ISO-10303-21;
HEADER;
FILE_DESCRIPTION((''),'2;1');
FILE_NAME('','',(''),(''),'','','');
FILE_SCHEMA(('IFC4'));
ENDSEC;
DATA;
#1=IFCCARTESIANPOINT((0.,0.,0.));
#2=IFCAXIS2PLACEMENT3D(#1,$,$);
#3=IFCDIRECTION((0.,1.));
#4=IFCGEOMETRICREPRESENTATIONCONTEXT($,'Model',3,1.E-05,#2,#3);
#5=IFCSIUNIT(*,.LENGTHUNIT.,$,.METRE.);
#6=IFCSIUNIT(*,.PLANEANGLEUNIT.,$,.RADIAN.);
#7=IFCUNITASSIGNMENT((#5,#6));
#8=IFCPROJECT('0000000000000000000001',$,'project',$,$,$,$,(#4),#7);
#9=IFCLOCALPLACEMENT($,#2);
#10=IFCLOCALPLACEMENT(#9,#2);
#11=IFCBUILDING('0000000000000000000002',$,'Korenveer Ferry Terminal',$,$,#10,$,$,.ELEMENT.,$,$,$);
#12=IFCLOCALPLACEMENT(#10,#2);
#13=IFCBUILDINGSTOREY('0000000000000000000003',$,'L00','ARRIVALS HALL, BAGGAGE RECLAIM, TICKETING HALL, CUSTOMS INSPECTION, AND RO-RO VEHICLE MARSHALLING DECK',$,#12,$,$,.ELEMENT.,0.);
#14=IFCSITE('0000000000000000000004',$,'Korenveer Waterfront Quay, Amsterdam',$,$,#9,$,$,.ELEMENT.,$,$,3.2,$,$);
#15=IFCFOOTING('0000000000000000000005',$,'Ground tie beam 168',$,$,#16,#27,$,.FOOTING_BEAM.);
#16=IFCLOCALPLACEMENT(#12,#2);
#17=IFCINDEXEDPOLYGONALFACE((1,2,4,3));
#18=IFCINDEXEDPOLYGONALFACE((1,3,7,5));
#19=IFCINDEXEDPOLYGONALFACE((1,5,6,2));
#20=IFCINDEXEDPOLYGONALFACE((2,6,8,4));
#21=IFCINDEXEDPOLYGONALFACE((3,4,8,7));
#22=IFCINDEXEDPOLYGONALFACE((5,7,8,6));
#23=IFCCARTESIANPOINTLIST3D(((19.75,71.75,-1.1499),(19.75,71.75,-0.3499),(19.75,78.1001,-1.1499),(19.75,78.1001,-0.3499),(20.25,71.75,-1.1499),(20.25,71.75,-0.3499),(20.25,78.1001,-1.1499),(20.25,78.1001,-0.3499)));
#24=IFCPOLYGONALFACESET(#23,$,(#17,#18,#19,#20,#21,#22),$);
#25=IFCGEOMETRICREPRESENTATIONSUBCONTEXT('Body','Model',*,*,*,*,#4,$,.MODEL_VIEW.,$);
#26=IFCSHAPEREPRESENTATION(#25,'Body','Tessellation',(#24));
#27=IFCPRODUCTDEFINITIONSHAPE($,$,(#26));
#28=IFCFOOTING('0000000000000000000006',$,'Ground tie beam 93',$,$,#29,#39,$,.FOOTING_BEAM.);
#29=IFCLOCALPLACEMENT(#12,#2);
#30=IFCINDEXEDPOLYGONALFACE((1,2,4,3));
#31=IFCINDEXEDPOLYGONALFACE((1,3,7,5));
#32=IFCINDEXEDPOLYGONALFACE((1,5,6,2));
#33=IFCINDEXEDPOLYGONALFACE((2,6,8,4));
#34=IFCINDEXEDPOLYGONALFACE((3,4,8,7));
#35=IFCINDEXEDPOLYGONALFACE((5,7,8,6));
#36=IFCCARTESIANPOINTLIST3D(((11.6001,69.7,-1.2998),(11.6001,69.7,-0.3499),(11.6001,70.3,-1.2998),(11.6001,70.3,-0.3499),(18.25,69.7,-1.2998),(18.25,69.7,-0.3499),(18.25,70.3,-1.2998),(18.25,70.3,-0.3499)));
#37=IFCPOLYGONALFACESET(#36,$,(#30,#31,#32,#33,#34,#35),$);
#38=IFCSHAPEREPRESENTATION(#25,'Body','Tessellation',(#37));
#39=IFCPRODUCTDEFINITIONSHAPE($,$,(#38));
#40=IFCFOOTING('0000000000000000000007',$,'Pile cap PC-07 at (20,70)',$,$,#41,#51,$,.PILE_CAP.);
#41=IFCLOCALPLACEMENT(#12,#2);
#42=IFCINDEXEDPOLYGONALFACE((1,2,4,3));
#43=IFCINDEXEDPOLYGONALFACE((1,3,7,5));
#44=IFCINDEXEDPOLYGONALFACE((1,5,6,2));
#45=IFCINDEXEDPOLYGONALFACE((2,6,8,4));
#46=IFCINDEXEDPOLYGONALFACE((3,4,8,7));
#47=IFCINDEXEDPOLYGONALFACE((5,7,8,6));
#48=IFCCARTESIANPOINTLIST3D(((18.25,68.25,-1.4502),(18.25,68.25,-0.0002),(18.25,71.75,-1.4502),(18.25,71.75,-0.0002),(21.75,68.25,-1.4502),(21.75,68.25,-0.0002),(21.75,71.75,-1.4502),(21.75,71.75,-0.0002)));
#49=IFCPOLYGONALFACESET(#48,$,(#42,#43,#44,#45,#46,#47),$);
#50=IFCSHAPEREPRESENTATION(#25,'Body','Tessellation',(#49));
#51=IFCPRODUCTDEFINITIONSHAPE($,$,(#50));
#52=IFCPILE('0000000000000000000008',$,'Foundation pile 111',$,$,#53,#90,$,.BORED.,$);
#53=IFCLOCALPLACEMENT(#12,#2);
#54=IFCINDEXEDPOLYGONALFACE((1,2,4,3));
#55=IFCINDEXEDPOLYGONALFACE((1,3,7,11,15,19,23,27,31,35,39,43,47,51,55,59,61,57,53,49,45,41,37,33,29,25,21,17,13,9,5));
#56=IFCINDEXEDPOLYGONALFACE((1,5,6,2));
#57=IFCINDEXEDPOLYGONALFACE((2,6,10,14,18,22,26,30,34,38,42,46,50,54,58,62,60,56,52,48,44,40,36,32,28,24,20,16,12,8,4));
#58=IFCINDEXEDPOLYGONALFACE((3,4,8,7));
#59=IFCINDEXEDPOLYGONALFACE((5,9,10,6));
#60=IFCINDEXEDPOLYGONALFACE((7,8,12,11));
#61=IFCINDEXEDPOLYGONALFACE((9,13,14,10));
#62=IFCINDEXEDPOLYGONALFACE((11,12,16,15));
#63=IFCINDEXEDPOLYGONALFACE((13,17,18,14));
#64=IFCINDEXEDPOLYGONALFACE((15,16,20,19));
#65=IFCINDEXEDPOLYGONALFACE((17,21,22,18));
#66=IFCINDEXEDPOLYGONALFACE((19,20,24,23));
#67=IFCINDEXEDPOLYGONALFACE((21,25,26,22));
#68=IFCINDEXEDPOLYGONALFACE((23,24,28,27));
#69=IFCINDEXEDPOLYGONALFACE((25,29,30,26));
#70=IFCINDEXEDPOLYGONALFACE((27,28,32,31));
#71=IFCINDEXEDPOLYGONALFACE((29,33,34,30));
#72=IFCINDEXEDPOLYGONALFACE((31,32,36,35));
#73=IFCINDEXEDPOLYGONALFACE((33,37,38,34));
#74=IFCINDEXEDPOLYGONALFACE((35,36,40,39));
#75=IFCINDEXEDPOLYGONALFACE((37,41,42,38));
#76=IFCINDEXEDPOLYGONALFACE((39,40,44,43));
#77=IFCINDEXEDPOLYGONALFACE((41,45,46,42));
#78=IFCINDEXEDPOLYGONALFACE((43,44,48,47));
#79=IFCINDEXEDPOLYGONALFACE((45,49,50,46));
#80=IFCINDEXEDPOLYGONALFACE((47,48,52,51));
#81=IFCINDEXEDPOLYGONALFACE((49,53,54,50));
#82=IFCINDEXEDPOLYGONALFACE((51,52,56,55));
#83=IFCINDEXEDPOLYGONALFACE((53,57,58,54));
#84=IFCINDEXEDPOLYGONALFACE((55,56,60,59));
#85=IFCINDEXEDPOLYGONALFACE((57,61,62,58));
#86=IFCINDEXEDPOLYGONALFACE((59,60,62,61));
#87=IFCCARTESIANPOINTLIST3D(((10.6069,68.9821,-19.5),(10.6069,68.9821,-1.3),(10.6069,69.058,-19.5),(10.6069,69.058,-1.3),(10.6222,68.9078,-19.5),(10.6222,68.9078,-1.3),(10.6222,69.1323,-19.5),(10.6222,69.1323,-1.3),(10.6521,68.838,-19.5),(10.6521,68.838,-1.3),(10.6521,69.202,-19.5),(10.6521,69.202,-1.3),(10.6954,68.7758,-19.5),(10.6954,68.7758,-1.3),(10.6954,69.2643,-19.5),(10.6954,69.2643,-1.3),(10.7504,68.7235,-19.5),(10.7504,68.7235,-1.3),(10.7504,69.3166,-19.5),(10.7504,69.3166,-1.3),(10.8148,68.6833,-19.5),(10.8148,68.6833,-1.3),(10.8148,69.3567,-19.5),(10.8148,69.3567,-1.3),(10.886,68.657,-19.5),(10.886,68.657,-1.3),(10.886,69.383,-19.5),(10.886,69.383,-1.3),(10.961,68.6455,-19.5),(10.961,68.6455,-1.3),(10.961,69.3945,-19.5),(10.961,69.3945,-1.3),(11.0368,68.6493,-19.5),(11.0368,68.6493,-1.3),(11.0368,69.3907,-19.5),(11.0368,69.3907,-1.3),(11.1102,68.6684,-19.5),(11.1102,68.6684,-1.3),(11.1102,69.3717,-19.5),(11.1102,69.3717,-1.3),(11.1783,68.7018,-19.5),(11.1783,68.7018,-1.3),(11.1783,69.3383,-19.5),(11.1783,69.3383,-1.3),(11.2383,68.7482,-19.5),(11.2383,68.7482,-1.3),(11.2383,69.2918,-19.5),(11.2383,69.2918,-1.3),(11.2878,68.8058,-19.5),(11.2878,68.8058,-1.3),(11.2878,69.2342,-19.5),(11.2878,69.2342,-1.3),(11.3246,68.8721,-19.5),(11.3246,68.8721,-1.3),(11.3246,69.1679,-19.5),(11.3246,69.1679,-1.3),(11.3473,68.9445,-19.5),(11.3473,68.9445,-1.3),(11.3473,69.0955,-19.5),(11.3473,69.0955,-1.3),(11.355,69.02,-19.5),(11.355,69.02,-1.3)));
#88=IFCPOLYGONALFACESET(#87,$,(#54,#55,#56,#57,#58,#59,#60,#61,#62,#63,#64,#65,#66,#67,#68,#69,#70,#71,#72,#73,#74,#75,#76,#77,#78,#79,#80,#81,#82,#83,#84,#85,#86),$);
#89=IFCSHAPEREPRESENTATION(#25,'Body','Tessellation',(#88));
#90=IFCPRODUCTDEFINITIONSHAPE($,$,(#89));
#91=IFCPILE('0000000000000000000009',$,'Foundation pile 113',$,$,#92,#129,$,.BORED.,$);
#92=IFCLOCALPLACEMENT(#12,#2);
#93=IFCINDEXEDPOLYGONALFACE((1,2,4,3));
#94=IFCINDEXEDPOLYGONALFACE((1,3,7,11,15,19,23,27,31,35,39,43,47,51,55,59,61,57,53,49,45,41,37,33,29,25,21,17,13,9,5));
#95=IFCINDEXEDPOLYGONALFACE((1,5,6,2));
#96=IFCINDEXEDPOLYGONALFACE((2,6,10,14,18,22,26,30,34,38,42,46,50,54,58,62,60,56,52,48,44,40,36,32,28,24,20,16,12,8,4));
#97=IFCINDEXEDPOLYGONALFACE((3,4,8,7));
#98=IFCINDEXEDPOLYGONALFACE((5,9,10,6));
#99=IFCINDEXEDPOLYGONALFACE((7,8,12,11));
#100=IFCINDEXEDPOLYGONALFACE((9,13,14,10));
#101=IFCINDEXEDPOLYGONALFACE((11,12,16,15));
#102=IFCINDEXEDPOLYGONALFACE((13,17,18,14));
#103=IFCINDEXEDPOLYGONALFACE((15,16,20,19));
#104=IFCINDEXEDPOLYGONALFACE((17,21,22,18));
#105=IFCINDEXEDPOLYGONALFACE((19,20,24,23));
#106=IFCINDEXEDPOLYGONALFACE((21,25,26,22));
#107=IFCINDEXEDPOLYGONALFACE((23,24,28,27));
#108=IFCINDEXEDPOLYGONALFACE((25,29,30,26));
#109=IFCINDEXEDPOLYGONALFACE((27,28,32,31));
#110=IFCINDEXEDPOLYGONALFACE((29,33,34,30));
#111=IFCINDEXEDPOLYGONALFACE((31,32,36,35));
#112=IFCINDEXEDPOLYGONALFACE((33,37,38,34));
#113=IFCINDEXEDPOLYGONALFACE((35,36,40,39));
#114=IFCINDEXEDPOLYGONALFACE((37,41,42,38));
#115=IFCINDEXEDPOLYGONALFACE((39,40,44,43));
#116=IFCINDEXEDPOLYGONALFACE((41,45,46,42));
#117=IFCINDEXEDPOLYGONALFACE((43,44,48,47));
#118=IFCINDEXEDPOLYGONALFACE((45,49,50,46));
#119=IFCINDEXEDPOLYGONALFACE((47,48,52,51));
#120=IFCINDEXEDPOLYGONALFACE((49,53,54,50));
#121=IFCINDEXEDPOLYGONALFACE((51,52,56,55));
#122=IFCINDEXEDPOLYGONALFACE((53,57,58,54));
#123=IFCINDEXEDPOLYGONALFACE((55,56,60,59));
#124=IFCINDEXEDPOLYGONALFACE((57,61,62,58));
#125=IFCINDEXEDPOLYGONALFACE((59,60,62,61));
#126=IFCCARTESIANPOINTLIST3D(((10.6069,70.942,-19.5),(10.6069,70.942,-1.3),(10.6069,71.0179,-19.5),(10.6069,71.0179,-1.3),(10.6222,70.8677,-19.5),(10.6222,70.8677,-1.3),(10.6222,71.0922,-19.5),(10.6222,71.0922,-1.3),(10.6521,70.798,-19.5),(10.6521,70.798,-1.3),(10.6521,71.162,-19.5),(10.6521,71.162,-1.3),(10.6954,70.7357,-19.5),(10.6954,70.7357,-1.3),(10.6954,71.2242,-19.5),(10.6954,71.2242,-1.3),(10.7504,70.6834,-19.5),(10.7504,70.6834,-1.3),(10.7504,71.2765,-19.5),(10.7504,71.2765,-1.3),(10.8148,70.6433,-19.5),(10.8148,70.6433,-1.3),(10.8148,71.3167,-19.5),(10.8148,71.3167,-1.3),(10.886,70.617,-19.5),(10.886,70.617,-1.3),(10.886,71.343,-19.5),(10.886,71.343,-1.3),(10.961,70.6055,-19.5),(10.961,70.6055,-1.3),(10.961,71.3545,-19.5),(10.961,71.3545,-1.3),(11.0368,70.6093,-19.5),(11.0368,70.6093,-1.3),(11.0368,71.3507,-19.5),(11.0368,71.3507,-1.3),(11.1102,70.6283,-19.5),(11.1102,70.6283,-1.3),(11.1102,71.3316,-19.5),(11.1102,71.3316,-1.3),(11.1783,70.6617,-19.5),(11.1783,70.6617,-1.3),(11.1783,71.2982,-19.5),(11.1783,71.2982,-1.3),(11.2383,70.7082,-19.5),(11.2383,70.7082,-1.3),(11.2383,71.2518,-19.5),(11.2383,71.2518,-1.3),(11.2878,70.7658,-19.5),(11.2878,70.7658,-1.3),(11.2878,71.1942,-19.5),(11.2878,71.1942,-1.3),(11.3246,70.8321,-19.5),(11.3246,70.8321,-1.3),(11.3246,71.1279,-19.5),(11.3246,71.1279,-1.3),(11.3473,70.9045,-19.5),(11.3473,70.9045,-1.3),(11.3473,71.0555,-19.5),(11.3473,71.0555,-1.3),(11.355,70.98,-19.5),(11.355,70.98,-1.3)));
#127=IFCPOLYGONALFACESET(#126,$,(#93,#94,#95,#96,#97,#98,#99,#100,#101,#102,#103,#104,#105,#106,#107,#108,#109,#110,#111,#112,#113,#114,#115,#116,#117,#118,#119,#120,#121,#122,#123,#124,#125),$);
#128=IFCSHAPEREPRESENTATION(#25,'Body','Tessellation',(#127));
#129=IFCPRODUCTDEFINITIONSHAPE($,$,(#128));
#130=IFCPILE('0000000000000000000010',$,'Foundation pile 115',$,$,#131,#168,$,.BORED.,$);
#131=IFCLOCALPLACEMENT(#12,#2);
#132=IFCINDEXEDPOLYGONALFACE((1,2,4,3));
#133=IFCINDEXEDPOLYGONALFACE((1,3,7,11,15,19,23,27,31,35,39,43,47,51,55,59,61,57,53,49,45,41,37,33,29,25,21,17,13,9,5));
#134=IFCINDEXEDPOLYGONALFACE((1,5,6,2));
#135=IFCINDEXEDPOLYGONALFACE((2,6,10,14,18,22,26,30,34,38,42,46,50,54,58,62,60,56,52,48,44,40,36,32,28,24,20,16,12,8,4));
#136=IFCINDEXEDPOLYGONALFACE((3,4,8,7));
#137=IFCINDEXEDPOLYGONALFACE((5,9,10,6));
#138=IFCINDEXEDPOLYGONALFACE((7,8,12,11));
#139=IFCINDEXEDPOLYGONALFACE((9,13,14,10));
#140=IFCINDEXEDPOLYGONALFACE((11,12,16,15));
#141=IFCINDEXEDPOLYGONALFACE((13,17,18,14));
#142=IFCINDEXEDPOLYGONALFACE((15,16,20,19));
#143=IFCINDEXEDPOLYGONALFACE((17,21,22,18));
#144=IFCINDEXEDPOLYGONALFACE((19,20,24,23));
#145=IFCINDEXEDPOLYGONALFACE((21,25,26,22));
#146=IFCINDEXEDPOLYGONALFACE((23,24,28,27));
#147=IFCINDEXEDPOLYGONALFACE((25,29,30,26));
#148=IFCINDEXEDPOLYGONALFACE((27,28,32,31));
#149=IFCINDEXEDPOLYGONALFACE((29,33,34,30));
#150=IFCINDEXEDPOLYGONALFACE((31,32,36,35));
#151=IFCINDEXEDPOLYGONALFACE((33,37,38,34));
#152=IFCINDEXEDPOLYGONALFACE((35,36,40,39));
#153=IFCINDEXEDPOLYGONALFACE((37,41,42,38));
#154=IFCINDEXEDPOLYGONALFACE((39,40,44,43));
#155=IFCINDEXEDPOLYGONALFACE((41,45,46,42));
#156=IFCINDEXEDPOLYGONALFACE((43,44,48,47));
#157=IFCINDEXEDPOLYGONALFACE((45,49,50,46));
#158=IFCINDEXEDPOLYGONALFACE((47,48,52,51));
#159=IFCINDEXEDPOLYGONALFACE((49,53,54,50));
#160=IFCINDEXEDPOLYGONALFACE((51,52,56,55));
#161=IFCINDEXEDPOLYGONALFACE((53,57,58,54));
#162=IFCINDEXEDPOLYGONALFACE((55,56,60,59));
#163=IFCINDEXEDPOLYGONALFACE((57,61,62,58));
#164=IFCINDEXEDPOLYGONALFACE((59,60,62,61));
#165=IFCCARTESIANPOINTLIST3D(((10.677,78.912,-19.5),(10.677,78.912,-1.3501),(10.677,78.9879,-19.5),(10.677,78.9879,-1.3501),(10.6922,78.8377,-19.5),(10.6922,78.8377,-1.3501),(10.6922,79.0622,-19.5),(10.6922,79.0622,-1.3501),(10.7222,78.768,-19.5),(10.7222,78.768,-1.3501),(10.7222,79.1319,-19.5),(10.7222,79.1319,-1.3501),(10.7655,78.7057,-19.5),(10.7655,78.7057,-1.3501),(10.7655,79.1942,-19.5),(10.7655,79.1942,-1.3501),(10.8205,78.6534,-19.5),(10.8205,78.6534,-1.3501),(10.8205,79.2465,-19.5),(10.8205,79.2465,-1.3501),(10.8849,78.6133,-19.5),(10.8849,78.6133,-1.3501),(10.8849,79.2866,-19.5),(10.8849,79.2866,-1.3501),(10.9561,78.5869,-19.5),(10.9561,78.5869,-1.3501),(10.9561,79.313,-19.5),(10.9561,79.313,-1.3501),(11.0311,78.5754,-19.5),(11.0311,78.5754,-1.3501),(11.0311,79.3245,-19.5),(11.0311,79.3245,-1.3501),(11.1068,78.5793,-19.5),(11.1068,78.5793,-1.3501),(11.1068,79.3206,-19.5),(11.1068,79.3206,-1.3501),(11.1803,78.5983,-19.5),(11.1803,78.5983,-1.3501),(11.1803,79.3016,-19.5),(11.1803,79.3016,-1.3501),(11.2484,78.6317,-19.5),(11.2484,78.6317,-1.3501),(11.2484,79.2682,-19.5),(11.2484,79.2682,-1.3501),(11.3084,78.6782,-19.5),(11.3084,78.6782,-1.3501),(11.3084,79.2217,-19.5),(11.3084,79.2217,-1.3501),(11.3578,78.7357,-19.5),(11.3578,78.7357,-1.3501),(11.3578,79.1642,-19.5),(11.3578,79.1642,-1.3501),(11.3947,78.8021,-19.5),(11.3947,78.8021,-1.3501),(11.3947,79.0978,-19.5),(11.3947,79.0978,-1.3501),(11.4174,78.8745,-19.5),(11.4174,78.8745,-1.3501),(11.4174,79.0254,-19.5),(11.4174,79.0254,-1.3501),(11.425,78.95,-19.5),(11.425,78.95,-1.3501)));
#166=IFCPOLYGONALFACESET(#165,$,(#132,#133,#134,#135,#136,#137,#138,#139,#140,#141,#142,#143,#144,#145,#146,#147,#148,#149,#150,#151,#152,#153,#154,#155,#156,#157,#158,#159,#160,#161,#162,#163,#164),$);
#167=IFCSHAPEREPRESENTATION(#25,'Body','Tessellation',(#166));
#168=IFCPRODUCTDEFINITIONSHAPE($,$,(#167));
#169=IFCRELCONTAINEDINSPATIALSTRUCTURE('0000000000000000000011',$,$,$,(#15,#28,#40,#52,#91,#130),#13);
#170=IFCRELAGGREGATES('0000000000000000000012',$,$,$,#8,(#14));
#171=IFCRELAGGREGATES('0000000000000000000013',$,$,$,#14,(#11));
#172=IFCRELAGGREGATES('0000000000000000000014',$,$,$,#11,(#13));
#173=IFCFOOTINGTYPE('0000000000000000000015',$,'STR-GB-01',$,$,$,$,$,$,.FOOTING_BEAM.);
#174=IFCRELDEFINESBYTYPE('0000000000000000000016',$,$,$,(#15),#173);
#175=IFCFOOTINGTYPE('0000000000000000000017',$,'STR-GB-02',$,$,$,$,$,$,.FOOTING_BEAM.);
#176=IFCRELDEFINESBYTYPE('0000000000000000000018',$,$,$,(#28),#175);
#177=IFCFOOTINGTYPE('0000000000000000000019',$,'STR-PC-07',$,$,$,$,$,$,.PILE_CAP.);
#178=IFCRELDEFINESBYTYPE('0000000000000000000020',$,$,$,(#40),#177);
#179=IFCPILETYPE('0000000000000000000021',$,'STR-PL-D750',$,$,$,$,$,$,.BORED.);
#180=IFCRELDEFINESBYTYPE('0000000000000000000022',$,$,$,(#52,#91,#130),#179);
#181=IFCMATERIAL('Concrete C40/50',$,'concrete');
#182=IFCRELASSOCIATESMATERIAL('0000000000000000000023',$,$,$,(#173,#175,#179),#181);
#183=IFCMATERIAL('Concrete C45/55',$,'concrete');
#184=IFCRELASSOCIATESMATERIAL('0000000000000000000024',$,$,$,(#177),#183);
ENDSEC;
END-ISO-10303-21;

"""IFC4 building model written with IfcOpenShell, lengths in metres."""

from ifc_helpers import new_model, si_unit, direction, frame, origin, origin_2d, place, context, subcontext, project, spatial, rectangle, circle, extrude, material, material_profile, profile_set, type_object, element, save


model = new_model("IFC4")

# Units and contexts
model_context = context("Model", 3, precision=1e-05, world=origin(), true_north=direction((0.0, 1.0)))
body_context = subcontext(model_context, "Body", "Model", "MODEL_VIEW")
ifc_project = project(units=[si_unit("LENGTHUNIT", "METRE"), si_unit("PLANEANGLEUNIT", "RADIAN")], contexts=[model_context])

# Site, building, storey
site_placement = place(None, origin())
site = spatial("IfcSite", under=ifc_project, at=site_placement, Name="Korenveer Waterfront Quay, Amsterdam", CompositionType="ELEMENT", RefElevation=3.2)
building_placement = place(site_placement, origin())
building = spatial("IfcBuilding", under=site, at=building_placement, Name="Korenveer Ferry Terminal", CompositionType="ELEMENT")
storey_placement = place(building_placement, origin())
storey = spatial("IfcBuildingStorey", under=building, at=storey_placement, Name="L00", Description="ARRIVALS HALL, BAGGAGE RECLAIM, TICKETING HALL, CUSTOMS INSPECTION, AND RO-RO VEHICLE MARSHALLING DECK", CompositionType="ELEMENT", Elevation=0.0)

# Footings
ifc_material_1 = material(Name="Concrete C40/50", Category="concrete")
footing_type_1 = type_object("IfcFootingType", Name="STR-GB-01", PredefinedType="FOOTING_BEAM", material=ifc_material_1)
footing_1_placement = place(storey_placement, frame((20.0, 74.925, -1.1499), z_axis=(0.0, 0.0, 1.0), x_axis=(1.0, 0.0, 0.0)))
element("IfcFooting", 1, at=footing_1_placement, inside=storey, type_object=footing_type_1, Name="Ground tie beam 168", PredefinedType="FOOTING_BEAM", context=body_context, shape_type="SweptSolid", body=[
    extrude(rectangle(XDim=0.5, YDim=6.3501, at=origin_2d()), origin(), (0.0, 0.0, 1.0), 0.8),
])
footing_type_2 = type_object("IfcFootingType", Name="STR-GB-02", PredefinedType="FOOTING_BEAM", material=ifc_material_1)
footing_2_placement = place(storey_placement, frame((14.925, 70.0, -1.2998), z_axis=(0.0, 0.0, 1.0), x_axis=(1.0, 0.0, 0.0)))
element("IfcFooting", 2, at=footing_2_placement, inside=storey, type_object=footing_type_2, Name="Ground tie beam 93", PredefinedType="FOOTING_BEAM", context=body_context, shape_type="SweptSolid", body=[
    extrude(rectangle(XDim=6.6499, YDim=0.6001, at=origin_2d()), origin(), (0.0, 0.0, 1.0), 0.95),
])
ifc_material_2 = material(Name="Concrete C45/55", Category="concrete")
footing_type_3 = type_object("IfcFootingType", Name="STR-PC-07", PredefinedType="PILE_CAP", material=ifc_material_2)
footing_3_placement = place(storey_placement, frame((20.0, 70.0, -1.4502), z_axis=(0.0, 0.0, 1.0), x_axis=(1.0, 0.0, 0.0)))
element("IfcFooting", 3, at=footing_3_placement, inside=storey, type_object=footing_type_3, Name="Pile cap PC-07 at (20,70)", PredefinedType="PILE_CAP", context=body_context, shape_type="SweptSolid", body=[
    extrude(rectangle(XDim=3.5, YDim=3.5, at=origin_2d()), origin(), (0.0, 0.0, 1.0), 1.45),
])

# Piles
ifc_material_profile_1 = material_profile(ifc_material_1, circle(Radius=0.375, at=origin_2d()), Name="PILE D750")
ifc_profile_set_1 = profile_set([ifc_material_profile_1], Name="Concrete C40/50")
pile_type_1 = type_object("IfcPileType", Name="STR-PL-D750", PredefinedType="BORED", material=ifc_profile_set_1)
for number, where, z_axis, x_axis, name in (
    (4, (10.98, 69.02, -1.3), (0.0, 0.0, -1.0), (1.0, 0.0, 0.0), "Foundation pile 111"),
    (5, (10.98, 70.98, -1.3), (0.0, 0.0, -1.0), (1.0, 0.0, 0.0), "Foundation pile 113"),
):
    element("IfcPile", number, at=place(storey_placement, frame(where, z_axis=z_axis, x_axis=x_axis)), inside=storey, type_object=pile_type_1, Name=name, PredefinedType="BORED", context=body_context, shape_type="SweptSolid", body=[
        extrude(circle(Radius=0.375, at=origin_2d()), origin(), (0.0, 0.0, 1.0), 18.2),
    ])
for number, where, z_axis, x_axis, name in (
    (6, (11.05, 78.95, -1.3501), (0.0, 0.0, -1.0), (1.0, 0.0, 0.0), "Foundation pile 115"),
):
    element("IfcPile", number, at=place(storey_placement, frame(where, z_axis=z_axis, x_axis=x_axis)), inside=storey, type_object=pile_type_1, Name=name, PredefinedType="BORED", context=body_context, shape_type="SweptSolid", body=[
        extrude(circle(Radius=0.375, at=origin_2d()), origin(), (0.0, 0.0, 1.0), 18.1499),
    ])

save(model, "model.ifc")
